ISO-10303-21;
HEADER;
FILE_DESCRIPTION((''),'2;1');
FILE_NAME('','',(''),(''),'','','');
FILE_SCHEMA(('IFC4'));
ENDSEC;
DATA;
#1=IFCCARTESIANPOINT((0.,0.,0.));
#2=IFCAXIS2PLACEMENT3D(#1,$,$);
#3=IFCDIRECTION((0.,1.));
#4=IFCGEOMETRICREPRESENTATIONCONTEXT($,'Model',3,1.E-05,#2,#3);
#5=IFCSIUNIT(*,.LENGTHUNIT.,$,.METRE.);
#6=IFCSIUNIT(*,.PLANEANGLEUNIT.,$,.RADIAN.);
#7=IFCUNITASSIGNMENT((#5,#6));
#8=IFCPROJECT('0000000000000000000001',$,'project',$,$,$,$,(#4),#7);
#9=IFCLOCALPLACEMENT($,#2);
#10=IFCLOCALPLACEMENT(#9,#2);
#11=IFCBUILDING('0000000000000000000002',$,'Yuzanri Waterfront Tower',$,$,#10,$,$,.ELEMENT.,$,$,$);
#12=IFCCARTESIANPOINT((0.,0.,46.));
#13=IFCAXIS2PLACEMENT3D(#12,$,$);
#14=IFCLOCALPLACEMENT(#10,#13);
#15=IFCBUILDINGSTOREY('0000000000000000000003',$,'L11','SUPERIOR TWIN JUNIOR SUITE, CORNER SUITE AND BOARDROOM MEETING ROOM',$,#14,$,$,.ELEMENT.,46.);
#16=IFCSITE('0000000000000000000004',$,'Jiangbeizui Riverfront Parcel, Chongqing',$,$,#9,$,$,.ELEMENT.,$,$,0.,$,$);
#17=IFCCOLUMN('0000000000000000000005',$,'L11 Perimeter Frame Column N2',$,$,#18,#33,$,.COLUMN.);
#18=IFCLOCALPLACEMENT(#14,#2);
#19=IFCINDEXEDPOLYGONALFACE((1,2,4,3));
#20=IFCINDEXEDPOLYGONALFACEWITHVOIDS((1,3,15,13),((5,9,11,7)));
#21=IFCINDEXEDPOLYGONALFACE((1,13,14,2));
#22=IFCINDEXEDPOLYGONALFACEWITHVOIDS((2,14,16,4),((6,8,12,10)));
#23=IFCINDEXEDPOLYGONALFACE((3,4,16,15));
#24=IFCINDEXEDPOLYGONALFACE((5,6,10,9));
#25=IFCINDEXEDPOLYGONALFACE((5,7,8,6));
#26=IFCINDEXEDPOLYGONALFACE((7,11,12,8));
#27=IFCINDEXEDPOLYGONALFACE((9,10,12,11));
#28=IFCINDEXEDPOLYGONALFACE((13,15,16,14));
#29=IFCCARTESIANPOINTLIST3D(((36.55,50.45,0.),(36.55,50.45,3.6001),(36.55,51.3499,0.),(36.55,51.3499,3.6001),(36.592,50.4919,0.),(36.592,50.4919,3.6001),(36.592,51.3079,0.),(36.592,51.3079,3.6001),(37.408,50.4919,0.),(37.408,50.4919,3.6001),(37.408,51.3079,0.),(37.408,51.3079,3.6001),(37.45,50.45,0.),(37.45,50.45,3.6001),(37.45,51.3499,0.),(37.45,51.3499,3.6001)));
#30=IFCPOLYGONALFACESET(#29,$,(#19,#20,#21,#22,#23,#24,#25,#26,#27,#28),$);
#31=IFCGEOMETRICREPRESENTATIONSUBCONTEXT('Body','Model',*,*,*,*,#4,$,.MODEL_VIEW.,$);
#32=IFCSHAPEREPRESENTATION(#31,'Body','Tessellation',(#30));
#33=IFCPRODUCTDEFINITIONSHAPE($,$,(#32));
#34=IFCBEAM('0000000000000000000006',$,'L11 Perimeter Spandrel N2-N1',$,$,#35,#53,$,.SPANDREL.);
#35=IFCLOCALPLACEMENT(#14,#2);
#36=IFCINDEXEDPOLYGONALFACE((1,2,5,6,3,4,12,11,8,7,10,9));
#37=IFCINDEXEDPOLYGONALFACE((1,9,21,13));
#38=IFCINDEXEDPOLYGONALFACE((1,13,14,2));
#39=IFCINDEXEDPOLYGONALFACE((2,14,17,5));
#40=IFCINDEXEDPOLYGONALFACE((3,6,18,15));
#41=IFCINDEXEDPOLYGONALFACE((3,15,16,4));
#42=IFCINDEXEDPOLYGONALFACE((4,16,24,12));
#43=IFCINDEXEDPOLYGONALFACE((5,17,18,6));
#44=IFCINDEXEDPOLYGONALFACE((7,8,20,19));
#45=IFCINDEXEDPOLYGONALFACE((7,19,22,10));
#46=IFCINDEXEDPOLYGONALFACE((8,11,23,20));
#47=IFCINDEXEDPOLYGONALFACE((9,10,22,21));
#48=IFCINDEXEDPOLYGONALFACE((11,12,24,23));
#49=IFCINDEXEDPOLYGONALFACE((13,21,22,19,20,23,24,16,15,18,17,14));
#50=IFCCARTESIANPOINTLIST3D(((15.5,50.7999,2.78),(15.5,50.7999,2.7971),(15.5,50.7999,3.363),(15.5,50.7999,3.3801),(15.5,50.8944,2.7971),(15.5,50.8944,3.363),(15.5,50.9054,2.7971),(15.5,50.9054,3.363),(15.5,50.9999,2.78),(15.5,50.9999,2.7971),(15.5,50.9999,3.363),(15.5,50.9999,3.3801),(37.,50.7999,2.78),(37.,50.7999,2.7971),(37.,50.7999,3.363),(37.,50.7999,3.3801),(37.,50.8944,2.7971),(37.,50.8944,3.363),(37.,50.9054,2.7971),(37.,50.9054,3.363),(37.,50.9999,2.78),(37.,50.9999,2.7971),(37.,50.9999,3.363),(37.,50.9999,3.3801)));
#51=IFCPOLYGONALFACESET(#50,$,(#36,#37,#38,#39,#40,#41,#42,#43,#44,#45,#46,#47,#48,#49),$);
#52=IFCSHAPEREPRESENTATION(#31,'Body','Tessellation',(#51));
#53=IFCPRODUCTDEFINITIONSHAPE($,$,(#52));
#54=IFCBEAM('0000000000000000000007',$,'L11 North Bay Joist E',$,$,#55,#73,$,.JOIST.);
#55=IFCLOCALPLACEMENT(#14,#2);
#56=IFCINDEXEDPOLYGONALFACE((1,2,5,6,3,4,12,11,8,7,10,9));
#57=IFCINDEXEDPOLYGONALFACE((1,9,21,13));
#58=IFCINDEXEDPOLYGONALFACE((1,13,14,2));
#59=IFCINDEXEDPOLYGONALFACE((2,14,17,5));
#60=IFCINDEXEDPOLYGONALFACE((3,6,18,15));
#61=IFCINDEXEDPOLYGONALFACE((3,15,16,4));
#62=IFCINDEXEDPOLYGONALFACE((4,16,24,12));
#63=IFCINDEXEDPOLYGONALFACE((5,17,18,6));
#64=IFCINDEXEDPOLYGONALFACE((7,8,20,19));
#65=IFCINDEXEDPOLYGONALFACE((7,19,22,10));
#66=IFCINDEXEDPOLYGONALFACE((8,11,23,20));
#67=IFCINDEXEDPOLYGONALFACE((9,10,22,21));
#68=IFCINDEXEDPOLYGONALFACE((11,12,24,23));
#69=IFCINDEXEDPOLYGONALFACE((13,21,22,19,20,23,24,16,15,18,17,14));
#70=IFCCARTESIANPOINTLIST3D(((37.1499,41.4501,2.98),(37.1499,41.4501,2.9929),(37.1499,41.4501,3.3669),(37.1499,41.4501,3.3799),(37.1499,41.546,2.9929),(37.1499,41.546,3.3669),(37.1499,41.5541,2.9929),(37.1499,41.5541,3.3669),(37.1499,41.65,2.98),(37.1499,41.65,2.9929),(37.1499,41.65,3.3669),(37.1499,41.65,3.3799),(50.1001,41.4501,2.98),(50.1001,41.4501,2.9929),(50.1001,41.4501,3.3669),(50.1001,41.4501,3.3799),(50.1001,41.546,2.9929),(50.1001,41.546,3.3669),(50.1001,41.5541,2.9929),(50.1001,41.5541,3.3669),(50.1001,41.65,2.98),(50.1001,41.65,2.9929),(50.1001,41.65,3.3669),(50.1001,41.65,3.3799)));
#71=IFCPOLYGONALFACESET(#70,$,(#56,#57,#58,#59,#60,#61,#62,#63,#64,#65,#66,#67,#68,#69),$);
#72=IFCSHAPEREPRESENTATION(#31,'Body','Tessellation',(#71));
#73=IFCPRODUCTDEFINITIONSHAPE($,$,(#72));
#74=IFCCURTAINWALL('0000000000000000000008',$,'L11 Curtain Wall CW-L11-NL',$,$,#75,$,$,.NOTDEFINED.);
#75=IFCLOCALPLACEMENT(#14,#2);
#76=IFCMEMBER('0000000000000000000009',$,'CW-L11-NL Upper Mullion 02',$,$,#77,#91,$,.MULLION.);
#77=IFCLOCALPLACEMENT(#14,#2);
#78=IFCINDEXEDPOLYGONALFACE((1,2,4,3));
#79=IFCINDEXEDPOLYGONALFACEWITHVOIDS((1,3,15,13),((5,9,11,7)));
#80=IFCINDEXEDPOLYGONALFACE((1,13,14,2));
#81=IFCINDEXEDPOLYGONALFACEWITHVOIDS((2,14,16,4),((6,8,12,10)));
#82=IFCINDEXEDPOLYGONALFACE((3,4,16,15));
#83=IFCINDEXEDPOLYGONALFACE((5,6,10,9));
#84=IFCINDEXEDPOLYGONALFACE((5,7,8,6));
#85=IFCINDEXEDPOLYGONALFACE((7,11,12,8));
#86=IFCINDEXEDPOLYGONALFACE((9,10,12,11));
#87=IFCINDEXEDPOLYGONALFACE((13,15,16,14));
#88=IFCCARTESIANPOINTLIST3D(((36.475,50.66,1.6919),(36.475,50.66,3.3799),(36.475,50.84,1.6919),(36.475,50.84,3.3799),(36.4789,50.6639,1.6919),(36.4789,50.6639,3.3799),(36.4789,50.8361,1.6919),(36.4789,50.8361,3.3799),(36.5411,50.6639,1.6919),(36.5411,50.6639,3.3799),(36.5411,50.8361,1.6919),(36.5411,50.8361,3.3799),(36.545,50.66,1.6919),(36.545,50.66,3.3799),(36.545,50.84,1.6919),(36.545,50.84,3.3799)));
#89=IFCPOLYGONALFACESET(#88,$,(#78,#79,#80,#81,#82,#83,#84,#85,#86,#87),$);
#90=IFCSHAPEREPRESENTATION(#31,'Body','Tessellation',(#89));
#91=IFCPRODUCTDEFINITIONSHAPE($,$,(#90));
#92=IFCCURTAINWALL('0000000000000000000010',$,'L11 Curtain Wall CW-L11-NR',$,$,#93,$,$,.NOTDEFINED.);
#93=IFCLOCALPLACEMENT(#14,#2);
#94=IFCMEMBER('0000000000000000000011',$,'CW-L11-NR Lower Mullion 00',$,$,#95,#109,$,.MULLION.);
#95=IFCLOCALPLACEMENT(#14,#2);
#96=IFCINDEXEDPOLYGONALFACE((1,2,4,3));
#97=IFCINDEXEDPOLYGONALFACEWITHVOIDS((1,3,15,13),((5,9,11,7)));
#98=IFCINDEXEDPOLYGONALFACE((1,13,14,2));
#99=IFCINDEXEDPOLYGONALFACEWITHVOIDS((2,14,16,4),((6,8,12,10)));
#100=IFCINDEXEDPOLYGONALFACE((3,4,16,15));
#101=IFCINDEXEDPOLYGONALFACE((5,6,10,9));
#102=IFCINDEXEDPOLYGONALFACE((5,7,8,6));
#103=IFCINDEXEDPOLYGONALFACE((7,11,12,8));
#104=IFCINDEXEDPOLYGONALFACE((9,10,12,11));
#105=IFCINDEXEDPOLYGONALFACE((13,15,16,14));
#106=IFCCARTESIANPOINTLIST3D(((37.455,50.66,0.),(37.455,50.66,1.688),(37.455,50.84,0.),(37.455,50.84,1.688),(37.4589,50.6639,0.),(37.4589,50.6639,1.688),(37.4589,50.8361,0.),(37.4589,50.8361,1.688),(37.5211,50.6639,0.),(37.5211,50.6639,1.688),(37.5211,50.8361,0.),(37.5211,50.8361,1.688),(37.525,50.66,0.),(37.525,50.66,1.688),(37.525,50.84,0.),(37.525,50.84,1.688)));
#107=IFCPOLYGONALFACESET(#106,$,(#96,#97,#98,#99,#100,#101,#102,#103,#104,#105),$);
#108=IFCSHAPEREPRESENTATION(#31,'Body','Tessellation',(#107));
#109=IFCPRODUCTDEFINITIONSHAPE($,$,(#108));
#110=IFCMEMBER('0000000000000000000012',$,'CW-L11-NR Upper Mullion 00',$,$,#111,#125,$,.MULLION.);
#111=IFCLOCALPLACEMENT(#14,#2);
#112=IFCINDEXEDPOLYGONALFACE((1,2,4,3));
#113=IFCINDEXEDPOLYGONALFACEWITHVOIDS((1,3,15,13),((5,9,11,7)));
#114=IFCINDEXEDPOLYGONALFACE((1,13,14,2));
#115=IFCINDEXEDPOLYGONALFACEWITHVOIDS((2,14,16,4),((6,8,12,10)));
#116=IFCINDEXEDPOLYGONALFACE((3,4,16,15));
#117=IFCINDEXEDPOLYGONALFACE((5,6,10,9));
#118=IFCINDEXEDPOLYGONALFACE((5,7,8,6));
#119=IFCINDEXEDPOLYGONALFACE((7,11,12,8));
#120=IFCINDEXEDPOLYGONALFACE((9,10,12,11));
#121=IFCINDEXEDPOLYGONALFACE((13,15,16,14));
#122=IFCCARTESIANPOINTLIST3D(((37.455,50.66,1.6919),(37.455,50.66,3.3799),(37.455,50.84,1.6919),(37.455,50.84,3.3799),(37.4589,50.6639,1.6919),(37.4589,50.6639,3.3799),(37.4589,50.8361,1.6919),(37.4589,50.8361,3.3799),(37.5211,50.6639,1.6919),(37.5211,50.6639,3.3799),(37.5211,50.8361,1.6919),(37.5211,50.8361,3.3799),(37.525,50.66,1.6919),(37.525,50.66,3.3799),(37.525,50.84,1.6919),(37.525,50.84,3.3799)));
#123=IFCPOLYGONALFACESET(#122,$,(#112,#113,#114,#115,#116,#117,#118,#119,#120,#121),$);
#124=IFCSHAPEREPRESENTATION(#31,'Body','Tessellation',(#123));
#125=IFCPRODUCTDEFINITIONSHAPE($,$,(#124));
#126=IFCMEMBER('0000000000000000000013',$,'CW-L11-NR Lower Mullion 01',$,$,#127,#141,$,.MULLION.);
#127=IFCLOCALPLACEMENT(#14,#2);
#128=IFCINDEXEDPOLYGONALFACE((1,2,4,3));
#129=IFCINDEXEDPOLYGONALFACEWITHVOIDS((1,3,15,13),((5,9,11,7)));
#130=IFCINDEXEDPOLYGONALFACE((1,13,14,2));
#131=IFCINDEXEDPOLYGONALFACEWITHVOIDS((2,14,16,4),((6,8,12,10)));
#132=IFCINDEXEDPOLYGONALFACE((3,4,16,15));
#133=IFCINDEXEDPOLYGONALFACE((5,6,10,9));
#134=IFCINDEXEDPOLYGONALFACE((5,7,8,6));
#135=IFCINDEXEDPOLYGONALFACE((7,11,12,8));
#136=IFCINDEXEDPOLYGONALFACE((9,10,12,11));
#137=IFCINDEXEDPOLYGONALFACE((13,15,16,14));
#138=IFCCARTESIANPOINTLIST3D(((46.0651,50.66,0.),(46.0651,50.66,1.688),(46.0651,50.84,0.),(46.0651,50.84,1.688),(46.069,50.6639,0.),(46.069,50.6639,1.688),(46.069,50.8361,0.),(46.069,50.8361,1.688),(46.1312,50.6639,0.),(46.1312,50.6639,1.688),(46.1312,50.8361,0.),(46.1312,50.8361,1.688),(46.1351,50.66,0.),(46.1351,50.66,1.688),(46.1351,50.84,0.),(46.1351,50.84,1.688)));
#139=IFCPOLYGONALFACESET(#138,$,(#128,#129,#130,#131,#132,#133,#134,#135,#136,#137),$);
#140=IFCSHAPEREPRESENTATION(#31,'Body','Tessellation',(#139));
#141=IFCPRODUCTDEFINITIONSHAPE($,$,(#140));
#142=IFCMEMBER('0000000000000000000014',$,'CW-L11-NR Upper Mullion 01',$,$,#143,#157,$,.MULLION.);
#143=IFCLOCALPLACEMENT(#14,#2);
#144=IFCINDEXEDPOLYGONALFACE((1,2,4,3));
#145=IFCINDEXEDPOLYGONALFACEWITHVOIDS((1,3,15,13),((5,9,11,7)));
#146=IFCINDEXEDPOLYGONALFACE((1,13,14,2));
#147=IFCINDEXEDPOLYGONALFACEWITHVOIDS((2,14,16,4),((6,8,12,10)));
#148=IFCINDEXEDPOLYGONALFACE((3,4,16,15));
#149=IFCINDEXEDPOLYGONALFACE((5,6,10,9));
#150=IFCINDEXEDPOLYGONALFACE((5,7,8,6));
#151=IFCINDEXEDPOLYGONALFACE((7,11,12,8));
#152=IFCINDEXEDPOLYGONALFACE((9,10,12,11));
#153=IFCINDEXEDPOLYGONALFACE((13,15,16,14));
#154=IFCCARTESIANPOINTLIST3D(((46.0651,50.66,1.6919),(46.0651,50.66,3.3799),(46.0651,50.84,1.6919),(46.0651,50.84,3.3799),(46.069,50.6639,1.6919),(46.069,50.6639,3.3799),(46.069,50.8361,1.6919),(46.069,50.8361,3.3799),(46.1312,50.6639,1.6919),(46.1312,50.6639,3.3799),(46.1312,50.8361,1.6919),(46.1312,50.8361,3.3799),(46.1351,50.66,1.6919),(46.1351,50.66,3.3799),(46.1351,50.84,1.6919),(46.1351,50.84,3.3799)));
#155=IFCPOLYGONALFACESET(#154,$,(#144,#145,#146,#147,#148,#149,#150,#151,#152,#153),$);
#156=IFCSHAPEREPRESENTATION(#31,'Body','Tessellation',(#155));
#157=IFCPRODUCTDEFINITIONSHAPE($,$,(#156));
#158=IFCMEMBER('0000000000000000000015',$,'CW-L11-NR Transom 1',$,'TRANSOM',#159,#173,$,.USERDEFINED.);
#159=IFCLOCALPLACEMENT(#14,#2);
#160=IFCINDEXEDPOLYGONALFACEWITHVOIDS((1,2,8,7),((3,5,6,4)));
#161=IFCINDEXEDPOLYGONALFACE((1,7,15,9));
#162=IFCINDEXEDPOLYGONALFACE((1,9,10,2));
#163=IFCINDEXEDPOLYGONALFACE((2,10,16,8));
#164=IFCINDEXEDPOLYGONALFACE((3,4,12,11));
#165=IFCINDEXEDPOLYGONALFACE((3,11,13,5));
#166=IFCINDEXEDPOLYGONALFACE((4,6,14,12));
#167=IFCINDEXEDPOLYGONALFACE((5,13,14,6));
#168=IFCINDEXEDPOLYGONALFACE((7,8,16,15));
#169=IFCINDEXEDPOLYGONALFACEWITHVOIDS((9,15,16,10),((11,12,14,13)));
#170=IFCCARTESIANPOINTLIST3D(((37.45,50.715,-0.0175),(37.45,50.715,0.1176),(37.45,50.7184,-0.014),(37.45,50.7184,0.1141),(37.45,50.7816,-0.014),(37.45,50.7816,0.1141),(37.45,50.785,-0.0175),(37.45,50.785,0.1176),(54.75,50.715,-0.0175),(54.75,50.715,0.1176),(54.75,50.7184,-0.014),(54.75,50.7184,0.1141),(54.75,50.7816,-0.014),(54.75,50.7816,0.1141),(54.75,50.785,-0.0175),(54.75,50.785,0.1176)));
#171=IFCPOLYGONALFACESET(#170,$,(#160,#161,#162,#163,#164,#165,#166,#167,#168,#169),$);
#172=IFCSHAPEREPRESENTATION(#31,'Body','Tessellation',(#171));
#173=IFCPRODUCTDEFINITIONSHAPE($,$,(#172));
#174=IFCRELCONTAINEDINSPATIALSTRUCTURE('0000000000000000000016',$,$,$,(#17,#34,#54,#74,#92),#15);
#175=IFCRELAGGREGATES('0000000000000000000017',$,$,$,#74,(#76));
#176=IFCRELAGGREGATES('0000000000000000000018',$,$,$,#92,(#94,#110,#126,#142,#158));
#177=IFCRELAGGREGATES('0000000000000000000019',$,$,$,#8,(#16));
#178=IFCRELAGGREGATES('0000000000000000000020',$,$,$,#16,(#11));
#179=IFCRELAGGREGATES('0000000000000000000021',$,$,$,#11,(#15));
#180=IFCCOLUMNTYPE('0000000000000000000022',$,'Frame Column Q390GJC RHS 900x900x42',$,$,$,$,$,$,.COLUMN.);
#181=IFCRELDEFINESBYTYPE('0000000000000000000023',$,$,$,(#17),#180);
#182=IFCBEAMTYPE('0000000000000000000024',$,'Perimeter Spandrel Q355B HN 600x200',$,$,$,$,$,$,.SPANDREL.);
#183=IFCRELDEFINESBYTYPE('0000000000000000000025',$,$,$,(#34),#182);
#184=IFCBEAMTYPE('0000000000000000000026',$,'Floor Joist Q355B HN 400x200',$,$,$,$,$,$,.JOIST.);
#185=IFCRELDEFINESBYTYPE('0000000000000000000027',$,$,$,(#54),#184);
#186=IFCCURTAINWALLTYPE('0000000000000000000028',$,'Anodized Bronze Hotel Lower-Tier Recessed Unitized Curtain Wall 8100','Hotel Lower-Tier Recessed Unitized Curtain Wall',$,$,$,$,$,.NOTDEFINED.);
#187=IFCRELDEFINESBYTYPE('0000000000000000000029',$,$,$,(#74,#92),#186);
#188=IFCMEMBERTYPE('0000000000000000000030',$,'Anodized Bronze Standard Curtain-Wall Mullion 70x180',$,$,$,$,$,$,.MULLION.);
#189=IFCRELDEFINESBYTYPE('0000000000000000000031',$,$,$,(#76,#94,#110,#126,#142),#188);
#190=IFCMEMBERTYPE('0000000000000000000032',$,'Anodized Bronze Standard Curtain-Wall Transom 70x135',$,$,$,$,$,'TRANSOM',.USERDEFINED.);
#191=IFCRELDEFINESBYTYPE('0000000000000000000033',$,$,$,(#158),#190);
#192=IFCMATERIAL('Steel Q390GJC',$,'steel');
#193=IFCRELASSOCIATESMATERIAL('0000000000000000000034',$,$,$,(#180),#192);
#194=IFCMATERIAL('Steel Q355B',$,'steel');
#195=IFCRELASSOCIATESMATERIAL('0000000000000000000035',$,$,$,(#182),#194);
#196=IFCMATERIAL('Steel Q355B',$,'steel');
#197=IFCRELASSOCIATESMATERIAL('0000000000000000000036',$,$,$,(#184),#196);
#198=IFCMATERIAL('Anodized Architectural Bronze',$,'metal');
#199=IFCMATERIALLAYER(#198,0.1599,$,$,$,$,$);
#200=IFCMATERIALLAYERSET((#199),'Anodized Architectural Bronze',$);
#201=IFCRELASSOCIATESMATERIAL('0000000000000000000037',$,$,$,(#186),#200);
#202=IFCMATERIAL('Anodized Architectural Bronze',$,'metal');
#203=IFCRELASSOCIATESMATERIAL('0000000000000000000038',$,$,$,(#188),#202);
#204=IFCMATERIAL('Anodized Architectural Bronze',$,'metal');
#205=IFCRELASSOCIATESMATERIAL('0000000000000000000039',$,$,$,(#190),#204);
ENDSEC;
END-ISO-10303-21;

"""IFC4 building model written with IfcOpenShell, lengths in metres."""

from ifc_helpers import new_model, si_unit, direction, frame, origin, origin_2d, place, context, subcontext, project, spatial, hollow_rectangle, i_section, extrude, source, transform, mapped, material, layer, layer_set, material_profile, profile_set, type_object, element, aggregate, save


model = new_model("IFC4")

# Units and contexts
model_context = context("Model", 3, precision=1e-05, world=origin(), true_north=direction((0.0, 1.0)))
body_context = subcontext(model_context, "Body", "Model", "MODEL_VIEW")
ifc_project = project(units=[si_unit("LENGTHUNIT", "METRE"), si_unit("PLANEANGLEUNIT", "RADIAN")], contexts=[model_context])

# Site, building, storey
site_placement = place(None, origin())
site = spatial("IfcSite", under=ifc_project, at=site_placement, Name="Jiangbeizui Riverfront Parcel, Chongqing", CompositionType="ELEMENT", RefElevation=0.0)
building_placement = place(site_placement, origin())
building = spatial("IfcBuilding", under=site, at=building_placement, Name="Yuzanri Waterfront Tower", CompositionType="ELEMENT")
storey_placement = place(building_placement, frame((0.0, 0.0, 46.0)))
storey = spatial("IfcBuildingStorey", under=building, at=storey_placement, Name="L11", Description="SUPERIOR TWIN JUNIOR SUITE, CORNER SUITE AND BOARDROOM MEETING ROOM", CompositionType="ELEMENT", Elevation=46.0)

# Column
ifc_material_1 = material(Name="Steel Q390GJC", Category="steel")
ifc_material_profile_1 = material_profile(ifc_material_1, hollow_rectangle(XDim=0.8999, YDim=0.8999, WallThickness=0.042, at=origin_2d()), Name="RHS 900x900x42")
ifc_profile_set_1 = profile_set([ifc_material_profile_1], Name="Steel Q390GJC")
column_type = type_object("IfcColumnType", Name="Frame Column Q390GJC RHS 900x900x42", PredefinedType="COLUMN", material=ifc_profile_set_1)
shared_shape_1 = source(origin(), body_context, "Body", "SweptSolid", [
    extrude(hollow_rectangle(XDim=0.8999, YDim=0.8999, WallThickness=0.042, at=origin_2d()), origin(), (0.0, 0.0, 1.0), 3.6001),
])
column_placement = place(storey_placement, frame((37.0, 50.8999, 0.0), z_axis=(0.0, 0.0, 1.0), x_axis=(1.0, 0.0, 0.0)))
element("IfcColumn", 1, at=column_placement, inside=storey, type_object=column_type, Name="L11 Perimeter Frame Column N2", PredefinedType="COLUMN", context=body_context, shape_type="MappedRepresentation", body=[
    mapped(shared_shape_1, transform((0.0, 0.0, 0.0), scale=1.0)),
])

# Beams
ifc_material_2 = material(Name="Steel Q355B", Category="steel")
ifc_material_profile_2 = material_profile(ifc_material_2, i_section(OverallWidth=0.2, OverallDepth=0.6001, WebThickness=0.011, FlangeThickness=0.0171, at=origin_2d()), Name="HN 600x200x11x17")
ifc_profile_set_2 = profile_set([ifc_material_profile_2], Name="Steel Q355B")
beam_type_1 = type_object("IfcBeamType", Name="Perimeter Spandrel Q355B HN 600x200", PredefinedType="SPANDREL", material=ifc_profile_set_2)
shared_shape_2 = source(origin(), body_context, "Body", "SweptSolid", [
    extrude(i_section(OverallWidth=0.2, OverallDepth=0.6001, WebThickness=0.011, FlangeThickness=0.0171, at=origin_2d()), origin(), (0.0, 0.0, 1.0), 21.5),
])
beam_1_placement = place(storey_placement, frame((37.0, 50.8999, 3.0801), z_axis=(-1.0, 0.0, 0.0), x_axis=(0.0, -1.0, 0.0)))
element("IfcBeam", 2, at=beam_1_placement, inside=storey, type_object=beam_type_1, Name="L11 Perimeter Spandrel N2-N1", PredefinedType="SPANDREL", context=body_context, shape_type="MappedRepresentation", body=[
    mapped(shared_shape_2, transform((0.0, 0.0, 0.0), scale=1.0)),
])
ifc_material_3 = material(Name="Steel Q355B", Category="steel")
ifc_material_profile_3 = material_profile(ifc_material_3, i_section(OverallWidth=0.2, OverallDepth=0.3999, WebThickness=0.0081, FlangeThickness=0.0129, at=origin_2d()), Name="HN 400x200x8x13")
ifc_profile_set_3 = profile_set([ifc_material_profile_3], Name="Steel Q355B")
beam_type_2 = type_object("IfcBeamType", Name="Floor Joist Q355B HN 400x200", PredefinedType="JOIST", material=ifc_profile_set_3)
shared_shape_3 = source(origin(), body_context, "Body", "SweptSolid", [
    extrude(i_section(OverallWidth=0.2, OverallDepth=0.3999, WebThickness=0.0081, FlangeThickness=0.0129, at=origin_2d()), origin(), (0.0, 0.0, 1.0), 12.9502),
])
beam_2_placement = place(storey_placement, frame((37.1499, 41.55, 3.1799), z_axis=(1.0, 0.0, 0.0), x_axis=(0.0, 1.0, 0.0)))
element("IfcBeam", 3, at=beam_2_placement, inside=storey, type_object=beam_type_2, Name="L11 North Bay Joist E", PredefinedType="JOIST", context=body_context, shape_type="MappedRepresentation", body=[
    mapped(shared_shape_3, transform((0.0, 0.0, 0.0), scale=1.0)),
])

# Curtain wall, member
ifc_material_4 = material(Name="Anodized Architectural Bronze", Category="metal")
ifc_layer_1 = layer(ifc_material_4, 0.1599)
ifc_layer_set_1 = layer_set([ifc_layer_1], Name="Anodized Architectural Bronze")
curtain_wall_type = type_object("IfcCurtainWallType", Name="Anodized Bronze Hotel Lower-Tier Recessed Unitized Curtain Wall 8100", Description="Hotel Lower-Tier Recessed Unitized Curtain Wall", PredefinedType="NOTDEFINED", material=ifc_layer_set_1)
curtain_wall_1_placement = place(storey_placement, origin())
curtain_wall_1 = element("IfcCurtainWall", 4, at=curtain_wall_1_placement, inside=storey, type_object=curtain_wall_type, Name="L11 Curtain Wall CW-L11-NL", PredefinedType="NOTDEFINED")
ifc_material_5 = material(Name="Anodized Architectural Bronze", Category="metal")
ifc_material_profile_4 = material_profile(ifc_material_5, hollow_rectangle(XDim=0.0701, YDim=0.1799, WallThickness=0.0039, at=origin_2d()), Name="CWM 70x180")
ifc_profile_set_4 = profile_set([ifc_material_profile_4], Name="Anodized Architectural Bronze")
member_type_1 = type_object("IfcMemberType", Name="Anodized Bronze Standard Curtain-Wall Mullion 70x180", PredefinedType="MULLION", material=ifc_profile_set_4)
shared_shape_4 = source(origin(), body_context, "Body", "SweptSolid", [
    extrude(hollow_rectangle(XDim=0.0701, YDim=0.1799, WallThickness=0.0039, at=origin_2d()), origin(), (0.0, 0.0, 1.0), 1.688),
])
member_1_placement = place(storey_placement, frame((36.51, 50.75, 1.6919), z_axis=(0.0, 0.0, 1.0), x_axis=(1.0, 0.0, 0.0)))
member_1 = element("IfcMember", 5, at=member_1_placement, type_object=member_type_1, Name="CW-L11-NL Upper Mullion 02", PredefinedType="MULLION", context=body_context, shape_type="MappedRepresentation", body=[
    mapped(shared_shape_4, transform((0.0, 0.0, 0.0), scale=1.0)),
])
aggregate(curtain_wall_1, [member_1])

# Curtain wall, members
curtain_wall_2_placement = place(storey_placement, origin())
curtain_wall_2 = element("IfcCurtainWall", 6, at=curtain_wall_2_placement, inside=storey, type_object=curtain_wall_type, Name="L11 Curtain Wall CW-L11-NR", PredefinedType="NOTDEFINED")
member_2_placement = place(storey_placement, frame((37.49, 50.75, 0.0), z_axis=(0.0, 0.0, 1.0), x_axis=(1.0, 0.0, 0.0)))
member_2 = element("IfcMember", 7, at=member_2_placement, type_object=member_type_1, Name="CW-L11-NR Lower Mullion 00", PredefinedType="MULLION", context=body_context, shape_type="MappedRepresentation", body=[
    mapped(shared_shape_4, transform((0.0, 0.0, 0.0), scale=1.0)),
])
member_3_placement = place(storey_placement, frame((37.49, 50.75, 1.6919), z_axis=(0.0, 0.0, 1.0), x_axis=(1.0, 0.0, 0.0)))
member_3 = element("IfcMember", 8, at=member_3_placement, type_object=member_type_1, Name="CW-L11-NR Upper Mullion 00", PredefinedType="MULLION", context=body_context, shape_type="MappedRepresentation", body=[
    mapped(shared_shape_4, transform((0.0, 0.0, 0.0), scale=1.0)),
])
member_4_placement = place(storey_placement, frame((46.1001, 50.75, 0.0), z_axis=(0.0, 0.0, 1.0), x_axis=(1.0, 0.0, 0.0)))
member_4 = element("IfcMember", 9, at=member_4_placement, type_object=member_type_1, Name="CW-L11-NR Lower Mullion 01", PredefinedType="MULLION", context=body_context, shape_type="MappedRepresentation", body=[
    mapped(shared_shape_4, transform((0.0, 0.0, 0.0), scale=1.0)),
])
member_5_placement = place(storey_placement, frame((46.1001, 50.75, 1.6919), z_axis=(0.0, 0.0, 1.0), x_axis=(1.0, 0.0, 0.0)))
member_5 = element("IfcMember", 10, at=member_5_placement, type_object=member_type_1, Name="CW-L11-NR Upper Mullion 01", PredefinedType="MULLION", context=body_context, shape_type="MappedRepresentation", body=[
    mapped(shared_shape_4, transform((0.0, 0.0, 0.0), scale=1.0)),
])
ifc_material_6 = material(Name="Anodized Architectural Bronze", Category="metal")
ifc_material_profile_5 = material_profile(ifc_material_6, hollow_rectangle(XDim=0.0701, YDim=0.135, WallThickness=0.0034, at=origin_2d()), Name="CWT 70x135")
ifc_profile_set_5 = profile_set([ifc_material_profile_5], Name="Anodized Architectural Bronze")
member_type_2 = type_object("IfcMemberType", Name="Anodized Bronze Standard Curtain-Wall Transom 70x135", ElementType="TRANSOM", PredefinedType="USERDEFINED", material=ifc_profile_set_5)
shared_shape_5 = source(origin(), body_context, "Body", "SweptSolid", [
    extrude(hollow_rectangle(XDim=0.0701, YDim=0.135, WallThickness=0.0034, at=origin_2d()), origin(), (0.0, 0.0, 1.0), 17.3),
])
member_6_placement = place(storey_placement, frame((37.45, 50.75, 0.05), z_axis=(1.0, 0.0, 0.0), x_axis=(0.0, 1.0, 0.0)))
member_6 = element("IfcMember", 11, at=member_6_placement, type_object=member_type_2, Name="CW-L11-NR Transom 1", ObjectType="TRANSOM", PredefinedType="USERDEFINED", context=body_context, shape_type="MappedRepresentation", body=[
    mapped(shared_shape_5, transform((0.0, 0.0, 0.0), scale=1.0)),
])
aggregate(curtain_wall_2, [member_2, member_3, member_4, member_5, member_6])

save(model, "model.ifc")
